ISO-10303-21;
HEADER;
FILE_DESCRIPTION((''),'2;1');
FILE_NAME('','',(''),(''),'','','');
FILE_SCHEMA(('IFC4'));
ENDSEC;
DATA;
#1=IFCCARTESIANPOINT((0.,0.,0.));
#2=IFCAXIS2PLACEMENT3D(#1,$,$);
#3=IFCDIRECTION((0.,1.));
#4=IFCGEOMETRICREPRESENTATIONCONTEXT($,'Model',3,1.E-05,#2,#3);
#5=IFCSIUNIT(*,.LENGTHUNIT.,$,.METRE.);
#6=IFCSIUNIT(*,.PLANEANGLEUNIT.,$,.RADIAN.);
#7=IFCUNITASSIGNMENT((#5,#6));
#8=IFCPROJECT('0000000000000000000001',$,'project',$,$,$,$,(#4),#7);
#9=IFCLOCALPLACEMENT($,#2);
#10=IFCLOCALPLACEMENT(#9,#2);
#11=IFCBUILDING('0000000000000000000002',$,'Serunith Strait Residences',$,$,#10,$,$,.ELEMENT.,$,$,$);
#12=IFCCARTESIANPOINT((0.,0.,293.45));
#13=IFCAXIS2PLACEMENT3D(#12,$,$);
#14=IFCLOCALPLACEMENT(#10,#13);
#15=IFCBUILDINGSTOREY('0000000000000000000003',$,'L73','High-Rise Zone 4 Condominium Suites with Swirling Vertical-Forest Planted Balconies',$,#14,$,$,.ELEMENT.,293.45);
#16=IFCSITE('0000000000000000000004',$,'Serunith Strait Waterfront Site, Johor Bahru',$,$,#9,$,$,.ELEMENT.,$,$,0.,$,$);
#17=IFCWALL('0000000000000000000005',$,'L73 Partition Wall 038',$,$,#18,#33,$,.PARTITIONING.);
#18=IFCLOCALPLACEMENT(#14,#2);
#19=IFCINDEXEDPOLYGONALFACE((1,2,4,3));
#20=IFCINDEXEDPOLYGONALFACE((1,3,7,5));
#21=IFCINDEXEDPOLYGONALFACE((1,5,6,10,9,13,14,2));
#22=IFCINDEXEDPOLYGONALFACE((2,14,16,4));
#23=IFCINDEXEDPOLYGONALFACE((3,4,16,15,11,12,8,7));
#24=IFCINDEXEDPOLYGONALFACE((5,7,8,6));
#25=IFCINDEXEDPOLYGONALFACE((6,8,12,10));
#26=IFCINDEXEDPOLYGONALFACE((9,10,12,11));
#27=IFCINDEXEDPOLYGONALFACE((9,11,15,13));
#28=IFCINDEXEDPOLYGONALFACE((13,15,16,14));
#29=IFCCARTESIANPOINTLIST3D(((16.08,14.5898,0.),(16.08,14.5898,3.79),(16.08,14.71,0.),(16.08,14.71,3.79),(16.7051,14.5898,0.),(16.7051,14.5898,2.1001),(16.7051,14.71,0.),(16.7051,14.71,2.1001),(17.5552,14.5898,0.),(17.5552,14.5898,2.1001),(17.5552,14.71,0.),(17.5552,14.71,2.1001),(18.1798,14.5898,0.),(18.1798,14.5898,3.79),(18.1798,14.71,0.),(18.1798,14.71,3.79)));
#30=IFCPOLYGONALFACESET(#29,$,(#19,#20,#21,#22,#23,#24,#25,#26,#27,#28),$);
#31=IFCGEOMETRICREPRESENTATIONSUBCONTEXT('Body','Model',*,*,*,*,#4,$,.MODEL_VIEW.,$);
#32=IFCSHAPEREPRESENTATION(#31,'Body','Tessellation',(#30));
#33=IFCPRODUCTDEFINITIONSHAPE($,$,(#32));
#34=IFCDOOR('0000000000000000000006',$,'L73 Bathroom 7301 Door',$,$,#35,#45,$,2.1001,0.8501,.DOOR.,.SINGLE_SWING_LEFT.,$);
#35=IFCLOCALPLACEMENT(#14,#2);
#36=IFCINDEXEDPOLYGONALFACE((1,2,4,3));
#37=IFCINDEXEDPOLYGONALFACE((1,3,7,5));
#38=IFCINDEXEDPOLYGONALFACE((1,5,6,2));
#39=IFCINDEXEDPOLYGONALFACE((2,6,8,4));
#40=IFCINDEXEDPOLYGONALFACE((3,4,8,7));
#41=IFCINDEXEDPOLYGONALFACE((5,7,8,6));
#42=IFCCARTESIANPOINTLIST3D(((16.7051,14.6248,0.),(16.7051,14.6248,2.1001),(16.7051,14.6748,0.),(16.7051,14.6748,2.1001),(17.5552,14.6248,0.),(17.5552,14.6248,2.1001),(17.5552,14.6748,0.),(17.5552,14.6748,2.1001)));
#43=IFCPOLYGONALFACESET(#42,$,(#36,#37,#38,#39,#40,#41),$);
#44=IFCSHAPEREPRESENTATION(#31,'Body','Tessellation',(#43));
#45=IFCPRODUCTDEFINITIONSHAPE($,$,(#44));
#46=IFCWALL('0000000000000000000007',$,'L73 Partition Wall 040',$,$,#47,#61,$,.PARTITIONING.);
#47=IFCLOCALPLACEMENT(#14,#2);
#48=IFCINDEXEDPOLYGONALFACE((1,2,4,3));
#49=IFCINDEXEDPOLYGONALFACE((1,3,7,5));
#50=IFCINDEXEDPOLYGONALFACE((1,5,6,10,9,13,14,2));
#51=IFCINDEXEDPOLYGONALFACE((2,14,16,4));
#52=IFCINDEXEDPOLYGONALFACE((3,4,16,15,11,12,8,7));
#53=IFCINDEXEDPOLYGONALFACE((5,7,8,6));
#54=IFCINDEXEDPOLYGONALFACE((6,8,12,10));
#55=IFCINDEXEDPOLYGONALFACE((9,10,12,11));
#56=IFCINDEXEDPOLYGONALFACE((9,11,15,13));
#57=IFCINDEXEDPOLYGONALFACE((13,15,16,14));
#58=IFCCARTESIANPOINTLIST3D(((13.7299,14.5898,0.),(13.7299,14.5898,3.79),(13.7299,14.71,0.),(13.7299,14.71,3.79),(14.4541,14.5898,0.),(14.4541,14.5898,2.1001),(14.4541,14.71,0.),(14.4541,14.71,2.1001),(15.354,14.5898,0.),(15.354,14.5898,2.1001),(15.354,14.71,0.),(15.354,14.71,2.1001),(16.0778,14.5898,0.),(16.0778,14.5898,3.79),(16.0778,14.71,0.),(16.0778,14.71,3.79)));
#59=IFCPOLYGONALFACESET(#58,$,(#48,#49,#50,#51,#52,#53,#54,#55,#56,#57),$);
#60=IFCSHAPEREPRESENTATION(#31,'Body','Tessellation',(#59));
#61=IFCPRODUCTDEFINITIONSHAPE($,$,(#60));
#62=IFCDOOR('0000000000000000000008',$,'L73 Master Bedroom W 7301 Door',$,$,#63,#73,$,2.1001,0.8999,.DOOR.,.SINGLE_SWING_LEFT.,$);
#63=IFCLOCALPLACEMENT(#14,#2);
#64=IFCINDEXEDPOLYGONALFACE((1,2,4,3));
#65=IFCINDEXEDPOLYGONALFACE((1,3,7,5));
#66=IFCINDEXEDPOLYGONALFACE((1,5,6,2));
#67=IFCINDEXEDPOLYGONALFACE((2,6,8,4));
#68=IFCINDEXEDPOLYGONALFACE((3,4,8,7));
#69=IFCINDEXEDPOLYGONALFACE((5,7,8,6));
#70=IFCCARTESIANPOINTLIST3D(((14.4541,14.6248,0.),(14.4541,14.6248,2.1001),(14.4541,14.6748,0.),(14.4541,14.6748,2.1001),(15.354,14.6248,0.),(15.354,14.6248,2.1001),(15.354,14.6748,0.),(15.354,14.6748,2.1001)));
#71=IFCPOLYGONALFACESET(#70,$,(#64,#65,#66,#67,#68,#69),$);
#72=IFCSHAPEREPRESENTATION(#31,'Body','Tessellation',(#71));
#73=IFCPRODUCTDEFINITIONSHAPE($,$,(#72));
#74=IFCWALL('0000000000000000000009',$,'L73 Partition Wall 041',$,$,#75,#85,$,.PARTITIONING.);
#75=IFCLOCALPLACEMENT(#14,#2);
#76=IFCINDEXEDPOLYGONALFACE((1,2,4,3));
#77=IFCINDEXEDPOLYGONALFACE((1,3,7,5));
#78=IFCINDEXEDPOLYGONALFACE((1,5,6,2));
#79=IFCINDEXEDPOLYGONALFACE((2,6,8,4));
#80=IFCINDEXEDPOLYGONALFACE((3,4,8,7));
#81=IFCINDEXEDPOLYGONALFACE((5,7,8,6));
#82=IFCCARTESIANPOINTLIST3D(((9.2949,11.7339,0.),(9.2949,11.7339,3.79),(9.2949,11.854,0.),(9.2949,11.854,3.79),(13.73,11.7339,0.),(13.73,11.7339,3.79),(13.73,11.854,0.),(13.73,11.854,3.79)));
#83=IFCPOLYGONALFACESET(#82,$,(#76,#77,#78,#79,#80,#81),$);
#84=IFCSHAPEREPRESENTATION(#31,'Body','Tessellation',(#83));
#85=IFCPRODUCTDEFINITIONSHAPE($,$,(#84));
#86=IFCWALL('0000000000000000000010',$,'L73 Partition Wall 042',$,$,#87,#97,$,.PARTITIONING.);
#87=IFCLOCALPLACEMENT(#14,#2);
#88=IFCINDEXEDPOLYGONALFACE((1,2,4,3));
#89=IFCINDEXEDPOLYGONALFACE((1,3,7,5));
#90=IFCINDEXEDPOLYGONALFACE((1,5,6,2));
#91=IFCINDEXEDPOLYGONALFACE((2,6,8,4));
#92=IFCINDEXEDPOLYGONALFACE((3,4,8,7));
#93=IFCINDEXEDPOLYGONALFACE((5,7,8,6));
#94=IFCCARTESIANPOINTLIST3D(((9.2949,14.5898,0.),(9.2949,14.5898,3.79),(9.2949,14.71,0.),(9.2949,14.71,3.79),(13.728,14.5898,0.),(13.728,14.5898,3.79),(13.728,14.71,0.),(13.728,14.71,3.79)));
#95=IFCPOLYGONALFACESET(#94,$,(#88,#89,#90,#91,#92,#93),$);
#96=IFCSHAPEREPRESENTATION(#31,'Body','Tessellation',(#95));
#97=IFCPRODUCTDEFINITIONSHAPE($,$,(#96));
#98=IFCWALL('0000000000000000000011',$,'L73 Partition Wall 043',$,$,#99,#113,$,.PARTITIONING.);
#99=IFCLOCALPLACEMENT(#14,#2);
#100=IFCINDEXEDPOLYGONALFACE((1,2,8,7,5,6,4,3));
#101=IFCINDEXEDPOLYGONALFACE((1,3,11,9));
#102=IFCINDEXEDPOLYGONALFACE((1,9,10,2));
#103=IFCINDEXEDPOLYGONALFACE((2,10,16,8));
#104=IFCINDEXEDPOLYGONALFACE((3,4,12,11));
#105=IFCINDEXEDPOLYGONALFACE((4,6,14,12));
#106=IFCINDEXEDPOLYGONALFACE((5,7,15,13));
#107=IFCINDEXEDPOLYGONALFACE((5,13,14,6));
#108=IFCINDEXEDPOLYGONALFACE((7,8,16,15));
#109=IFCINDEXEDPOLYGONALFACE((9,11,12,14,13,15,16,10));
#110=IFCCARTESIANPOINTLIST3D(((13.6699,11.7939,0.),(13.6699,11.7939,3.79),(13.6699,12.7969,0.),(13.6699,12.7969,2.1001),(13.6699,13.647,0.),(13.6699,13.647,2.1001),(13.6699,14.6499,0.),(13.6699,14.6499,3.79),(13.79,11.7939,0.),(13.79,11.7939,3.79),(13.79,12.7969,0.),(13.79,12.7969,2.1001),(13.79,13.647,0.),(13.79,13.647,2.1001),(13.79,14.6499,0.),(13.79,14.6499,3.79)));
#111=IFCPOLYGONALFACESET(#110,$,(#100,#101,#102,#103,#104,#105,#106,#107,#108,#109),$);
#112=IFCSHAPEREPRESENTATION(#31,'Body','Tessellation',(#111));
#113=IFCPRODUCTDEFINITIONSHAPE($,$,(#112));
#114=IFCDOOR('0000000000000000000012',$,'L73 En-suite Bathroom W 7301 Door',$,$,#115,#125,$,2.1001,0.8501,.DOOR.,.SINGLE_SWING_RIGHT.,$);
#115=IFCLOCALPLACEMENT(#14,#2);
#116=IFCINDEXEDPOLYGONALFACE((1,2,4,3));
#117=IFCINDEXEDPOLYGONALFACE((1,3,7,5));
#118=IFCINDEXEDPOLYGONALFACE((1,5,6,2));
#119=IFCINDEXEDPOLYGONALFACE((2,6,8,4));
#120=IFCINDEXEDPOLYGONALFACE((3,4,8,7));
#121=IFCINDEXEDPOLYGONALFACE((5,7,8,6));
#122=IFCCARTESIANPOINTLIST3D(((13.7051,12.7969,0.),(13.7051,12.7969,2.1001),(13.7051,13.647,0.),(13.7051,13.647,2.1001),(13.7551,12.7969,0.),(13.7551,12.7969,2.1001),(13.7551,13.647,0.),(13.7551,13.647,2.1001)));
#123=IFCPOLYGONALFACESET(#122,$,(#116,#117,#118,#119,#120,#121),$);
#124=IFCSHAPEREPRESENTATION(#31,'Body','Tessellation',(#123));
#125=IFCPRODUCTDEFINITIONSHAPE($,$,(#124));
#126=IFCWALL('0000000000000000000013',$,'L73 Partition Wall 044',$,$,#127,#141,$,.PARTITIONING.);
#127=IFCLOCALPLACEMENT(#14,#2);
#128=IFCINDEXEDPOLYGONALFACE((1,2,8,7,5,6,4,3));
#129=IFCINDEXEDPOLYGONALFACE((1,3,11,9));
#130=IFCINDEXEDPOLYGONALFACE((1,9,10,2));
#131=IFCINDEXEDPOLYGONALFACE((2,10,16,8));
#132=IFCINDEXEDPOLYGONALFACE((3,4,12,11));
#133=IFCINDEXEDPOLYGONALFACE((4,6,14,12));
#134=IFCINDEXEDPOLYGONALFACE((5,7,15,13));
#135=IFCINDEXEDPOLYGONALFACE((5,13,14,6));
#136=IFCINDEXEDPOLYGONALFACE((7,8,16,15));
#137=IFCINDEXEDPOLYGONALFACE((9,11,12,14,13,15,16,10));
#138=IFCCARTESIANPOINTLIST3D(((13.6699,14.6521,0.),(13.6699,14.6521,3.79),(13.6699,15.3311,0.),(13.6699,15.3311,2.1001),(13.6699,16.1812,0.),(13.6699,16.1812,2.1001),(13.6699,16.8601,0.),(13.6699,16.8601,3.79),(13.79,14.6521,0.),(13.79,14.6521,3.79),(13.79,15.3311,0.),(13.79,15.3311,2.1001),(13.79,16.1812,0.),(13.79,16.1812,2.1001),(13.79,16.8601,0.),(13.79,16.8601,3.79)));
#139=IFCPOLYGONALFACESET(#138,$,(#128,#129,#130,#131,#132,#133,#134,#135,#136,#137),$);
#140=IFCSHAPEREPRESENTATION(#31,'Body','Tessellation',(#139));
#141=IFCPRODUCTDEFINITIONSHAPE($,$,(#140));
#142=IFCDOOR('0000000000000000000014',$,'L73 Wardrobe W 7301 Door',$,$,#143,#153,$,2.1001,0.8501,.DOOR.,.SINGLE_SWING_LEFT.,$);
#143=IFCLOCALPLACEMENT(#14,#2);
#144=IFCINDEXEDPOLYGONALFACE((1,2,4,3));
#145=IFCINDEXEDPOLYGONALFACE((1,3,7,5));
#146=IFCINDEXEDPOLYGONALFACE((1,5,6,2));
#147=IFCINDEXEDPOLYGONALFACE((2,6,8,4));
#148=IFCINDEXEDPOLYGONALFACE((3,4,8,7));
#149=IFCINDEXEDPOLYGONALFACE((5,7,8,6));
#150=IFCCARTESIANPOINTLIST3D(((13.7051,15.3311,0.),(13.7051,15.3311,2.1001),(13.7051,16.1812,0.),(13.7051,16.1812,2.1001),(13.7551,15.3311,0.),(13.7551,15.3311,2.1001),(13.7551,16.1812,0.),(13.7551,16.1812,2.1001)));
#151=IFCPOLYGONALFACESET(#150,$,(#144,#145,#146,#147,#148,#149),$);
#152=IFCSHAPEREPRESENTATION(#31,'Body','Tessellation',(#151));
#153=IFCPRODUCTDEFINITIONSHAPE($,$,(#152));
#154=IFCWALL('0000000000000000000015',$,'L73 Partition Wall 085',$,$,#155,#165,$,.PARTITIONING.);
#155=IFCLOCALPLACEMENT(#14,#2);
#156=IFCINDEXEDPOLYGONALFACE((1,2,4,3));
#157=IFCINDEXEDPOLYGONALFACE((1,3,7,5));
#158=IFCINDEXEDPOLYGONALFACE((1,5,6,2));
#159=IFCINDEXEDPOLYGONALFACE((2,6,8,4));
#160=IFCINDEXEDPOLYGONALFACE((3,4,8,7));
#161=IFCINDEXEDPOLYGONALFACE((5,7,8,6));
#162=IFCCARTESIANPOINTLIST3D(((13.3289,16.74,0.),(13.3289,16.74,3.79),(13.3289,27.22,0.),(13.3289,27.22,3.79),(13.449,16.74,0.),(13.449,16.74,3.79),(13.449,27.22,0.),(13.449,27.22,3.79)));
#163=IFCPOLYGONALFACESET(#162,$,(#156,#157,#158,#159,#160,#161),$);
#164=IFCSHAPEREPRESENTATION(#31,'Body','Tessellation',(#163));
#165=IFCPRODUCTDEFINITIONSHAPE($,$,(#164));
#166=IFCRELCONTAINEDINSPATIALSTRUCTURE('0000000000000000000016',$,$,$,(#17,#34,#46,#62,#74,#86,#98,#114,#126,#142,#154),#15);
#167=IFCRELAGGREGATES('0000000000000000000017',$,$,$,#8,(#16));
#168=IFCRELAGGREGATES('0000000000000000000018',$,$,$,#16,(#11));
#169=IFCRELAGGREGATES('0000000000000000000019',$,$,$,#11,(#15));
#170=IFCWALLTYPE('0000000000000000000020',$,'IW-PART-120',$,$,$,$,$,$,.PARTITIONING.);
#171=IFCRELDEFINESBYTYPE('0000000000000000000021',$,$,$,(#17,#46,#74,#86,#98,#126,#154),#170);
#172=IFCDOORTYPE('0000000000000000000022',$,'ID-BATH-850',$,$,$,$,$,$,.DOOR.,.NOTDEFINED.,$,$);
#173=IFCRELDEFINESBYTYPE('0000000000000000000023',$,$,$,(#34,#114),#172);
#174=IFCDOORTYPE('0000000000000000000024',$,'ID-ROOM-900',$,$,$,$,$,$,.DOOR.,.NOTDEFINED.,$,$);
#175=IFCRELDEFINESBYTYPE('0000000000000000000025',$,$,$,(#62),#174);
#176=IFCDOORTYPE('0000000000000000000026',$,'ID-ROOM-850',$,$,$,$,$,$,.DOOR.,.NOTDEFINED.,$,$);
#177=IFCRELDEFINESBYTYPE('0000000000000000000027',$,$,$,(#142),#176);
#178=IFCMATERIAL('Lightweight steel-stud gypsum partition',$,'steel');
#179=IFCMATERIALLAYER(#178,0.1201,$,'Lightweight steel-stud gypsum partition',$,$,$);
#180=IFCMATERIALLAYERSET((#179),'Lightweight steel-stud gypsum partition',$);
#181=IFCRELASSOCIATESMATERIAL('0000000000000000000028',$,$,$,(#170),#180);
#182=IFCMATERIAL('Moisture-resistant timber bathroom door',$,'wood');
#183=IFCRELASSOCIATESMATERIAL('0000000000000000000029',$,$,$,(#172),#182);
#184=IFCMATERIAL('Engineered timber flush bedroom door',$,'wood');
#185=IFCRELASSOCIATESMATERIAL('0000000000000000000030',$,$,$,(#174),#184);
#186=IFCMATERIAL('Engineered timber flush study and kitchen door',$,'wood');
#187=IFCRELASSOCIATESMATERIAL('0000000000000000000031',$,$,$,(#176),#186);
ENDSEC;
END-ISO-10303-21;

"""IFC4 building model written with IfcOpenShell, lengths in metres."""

from ifc_helpers import new_model, si_unit, direction, frame, frame_2d, origin, place, context, subcontext, project, spatial, rectangle, extrude, source, transform, mapped, material, layer, layer_set, type_object, element, fill, save


model = new_model("IFC4")

# Units and contexts
model_context = context("Model", 3, precision=1e-05, world=origin(), true_north=direction((0.0, 1.0)))
body_context = subcontext(model_context, "Body", "Model", "MODEL_VIEW")
ifc_project = project(units=[si_unit("LENGTHUNIT", "METRE"), si_unit("PLANEANGLEUNIT", "RADIAN")], contexts=[model_context])

# Site, building, storey
site_placement = place(None, origin())
site = spatial("IfcSite", under=ifc_project, at=site_placement, Name="Serunith Strait Waterfront Site, Johor Bahru", CompositionType="ELEMENT", RefElevation=0.0)
building_placement = place(site_placement, origin())
building = spatial("IfcBuilding", under=site, at=building_placement, Name="Serunith Strait Residences", CompositionType="ELEMENT")
storey_placement = place(building_placement, frame((0.0, 0.0, 293.45)))
storey = spatial("IfcBuildingStorey", under=building, at=storey_placement, Name="L73", Description="High-Rise Zone 4 Condominium Suites with Swirling Vertical-Forest Planted Balconies", CompositionType="ELEMENT", Elevation=293.45)

# Walls, openings, doors
ifc_material_1 = material(Name="Lightweight steel-stud gypsum partition", Category="steel")
ifc_layer_1 = layer(ifc_material_1, 0.1201, Name="Lightweight steel-stud gypsum partition")
ifc_layer_set_1 = layer_set([ifc_layer_1], Name="Lightweight steel-stud gypsum partition")
wall_type_1 = type_object("IfcWallType", Name="IW-PART-120", PredefinedType="PARTITIONING", material=ifc_layer_set_1)
wall_1_placement = place(storey_placement, frame((16.0801, 14.6499, 0.0), z_axis=(0.0, 0.0, 1.0), x_axis=(1.0, 0.0, 0.0)))
wall_1 = element("IfcWall", 1, at=wall_1_placement, inside=storey, type_object=wall_type_1, Name="L73 Partition Wall 038", PredefinedType="PARTITIONING", context=body_context, shape_type="SweptSolid", body=[
    extrude(rectangle(XDim=2.0999, YDim=0.1201, at=frame_2d((1.0498, 0.0))), origin(), (0.0, 0.0, 1.0), 3.79),
])
opening_1_placement = place(wall_1_placement, frame((0.625, 0.0, 0.0)))
opening_1 = element("IfcOpeningElement", 2, at=opening_1_placement, cuts=wall_1, PredefinedType="OPENING", context=body_context, shape_type="SweptSolid", body=[
    extrude(rectangle(XDim=0.8501, YDim=2.1001, at=frame_2d((0.425, 1.05))), frame((0.0, 0.0701, 0.0), z_axis=(0.0, -1.0, 0.0), x_axis=(1.0, 0.0, 0.0)), (0.0, 0.0, 1.0), 0.1401),
])
ifc_material_2 = material(Name="Moisture-resistant timber bathroom door", Category="wood")
door_type_1 = type_object("IfcDoorType", Name="ID-BATH-850", OperationType="NOTDEFINED", PredefinedType="DOOR", material=ifc_material_2)
shared_shape_1 = source(origin(), body_context, "Body", "SweptSolid", [
    extrude(rectangle(XDim=0.8501, YDim=2.1001, at=frame_2d((0.425, 1.05))), frame((0.0, 0.0249, 0.0), z_axis=(0.0, -1.0, 0.0), x_axis=(1.0, 0.0, 0.0)), (0.0, 0.0, 1.0), 0.05),
])
door_1_placement = place(opening_1_placement, origin())
door_1 = element("IfcDoor", 3, at=door_1_placement, inside=storey, type_object=door_type_1, Name="L73 Bathroom 7301 Door", OperationType="SINGLE_SWING_LEFT", OverallHeight=2.1001, OverallWidth=0.8501, PredefinedType="DOOR", context=body_context, shape_type="MappedRepresentation", body=[
    mapped(shared_shape_1, transform((0.0, 0.0, 0.0), scale=1.0)),
])
fill(opening_1, door_1)
wall_2_placement = place(storey_placement, frame((13.73, 14.6499, 0.0), z_axis=(0.0, 0.0, 1.0), x_axis=(1.0, 0.0, 0.0)))
wall_2 = element("IfcWall", 4, at=wall_2_placement, inside=storey, type_object=wall_type_1, Name="L73 Partition Wall 040", PredefinedType="PARTITIONING", context=body_context, shape_type="SweptSolid", body=[
    extrude(rectangle(XDim=2.3479, YDim=0.1201, at=frame_2d((1.1738, 0.0))), origin(), (0.0, 0.0, 1.0), 3.79),
])
opening_2_placement = place(wall_2_placement, frame((0.7241, 0.0, 0.0)))
opening_2 = element("IfcOpeningElement", 5, at=opening_2_placement, cuts=wall_2, PredefinedType="OPENING", context=body_context, shape_type="SweptSolid", body=[
    extrude(rectangle(XDim=0.8999, YDim=2.1001, at=frame_2d((0.45, 1.05))), frame((0.0, 0.0701, 0.0), z_axis=(0.0, -1.0, 0.0), x_axis=(1.0, 0.0, 0.0)), (0.0, 0.0, 1.0), 0.1401),
])
ifc_material_3 = material(Name="Engineered timber flush bedroom door", Category="wood")
door_type_2 = type_object("IfcDoorType", Name="ID-ROOM-900", OperationType="NOTDEFINED", PredefinedType="DOOR", material=ifc_material_3)
shared_shape_2 = source(origin(), body_context, "Body", "SweptSolid", [
    extrude(rectangle(XDim=0.8999, YDim=2.1001, at=frame_2d((0.45, 1.05))), frame((0.0, 0.0249, 0.0), z_axis=(0.0, -1.0, 0.0), x_axis=(1.0, 0.0, 0.0)), (0.0, 0.0, 1.0), 0.05),
])
door_2_placement = place(opening_2_placement, origin())
door_2 = element("IfcDoor", 6, at=door_2_placement, inside=storey, type_object=door_type_2, Name="L73 Master Bedroom W 7301 Door", OperationType="SINGLE_SWING_LEFT", OverallHeight=2.1001, OverallWidth=0.8999, PredefinedType="DOOR", context=body_context, shape_type="MappedRepresentation", body=[
    mapped(shared_shape_2, transform((0.0, 0.0, 0.0), scale=1.0)),
])
fill(opening_2, door_2)

# Walls
wall_3_placement = place(storey_placement, frame((9.2949, 11.7939, 0.0), z_axis=(0.0, 0.0, 1.0), x_axis=(1.0, 0.0, 0.0)))
element("IfcWall", 7, at=wall_3_placement, inside=storey, type_object=wall_type_1, Name="L73 Partition Wall 041", PredefinedType="PARTITIONING", context=body_context, shape_type="SweptSolid", body=[
    extrude(rectangle(XDim=4.4351, YDim=0.1201, at=frame_2d((2.2175, 0.0))), origin(), (0.0, 0.0, 1.0), 3.79),
])
wall_4_placement = place(storey_placement, frame((9.2949, 14.6499, 0.0), z_axis=(0.0, 0.0, 1.0), x_axis=(1.0, 0.0, 0.0)))
element("IfcWall", 8, at=wall_4_placement, inside=storey, type_object=wall_type_1, Name="L73 Partition Wall 042", PredefinedType="PARTITIONING", context=body_context, shape_type="SweptSolid", body=[
    extrude(rectangle(XDim=4.4331, YDim=0.1201, at=frame_2d((2.2166, 0.0))), origin(), (0.0, 0.0, 1.0), 3.79),
])

# Walls, openings, doors
wall_5_placement = place(storey_placement, frame((13.73, 11.7939, 0.0), z_axis=(0.0, 0.0, 1.0), x_axis=(0.0, 1.0, 0.0)))
wall_5 = element("IfcWall", 9, at=wall_5_placement, inside=storey, type_object=wall_type_1, Name="L73 Partition Wall 043", PredefinedType="PARTITIONING", context=body_context, shape_type="SweptSolid", body=[
    extrude(rectangle(XDim=2.856, YDim=0.1201, at=frame_2d((1.428, 0.0))), origin(), (0.0, 0.0, 1.0), 3.79),
])
opening_3_placement = place(wall_5_placement, frame((1.0029, 0.0, 0.0)))
opening_3 = element("IfcOpeningElement", 10, at=opening_3_placement, cuts=wall_5, PredefinedType="OPENING", context=body_context, shape_type="SweptSolid", body=[
    extrude(rectangle(XDim=0.8501, YDim=2.1001, at=frame_2d((0.425, 1.05))), frame((0.0, 0.0701, 0.0), z_axis=(0.0, -1.0, 0.0), x_axis=(1.0, 0.0, 0.0)), (0.0, 0.0, 1.0), 0.1401),
])
door_3_placement = place(opening_3_placement, origin())
door_3 = element("IfcDoor", 11, at=door_3_placement, inside=storey, type_object=door_type_1, Name="L73 En-suite Bathroom W 7301 Door", OperationType="SINGLE_SWING_RIGHT", OverallHeight=2.1001, OverallWidth=0.8501, PredefinedType="DOOR", context=body_context, shape_type="MappedRepresentation", body=[
    mapped(shared_shape_1, transform((0.0, 0.0, 0.0), scale=1.0)),
])
fill(opening_3, door_3)
wall_6_placement = place(storey_placement, frame((13.73, 14.6521, 0.0), z_axis=(0.0, 0.0, 1.0), x_axis=(0.0, 1.0, 0.0)))
wall_6 = element("IfcWall", 12, at=wall_6_placement, inside=storey, type_object=wall_type_1, Name="L73 Partition Wall 044", PredefinedType="PARTITIONING", context=body_context, shape_type="SweptSolid", body=[
    extrude(rectangle(XDim=2.208, YDim=0.1201, at=frame_2d((1.104, 0.0))), origin(), (0.0, 0.0, 1.0), 3.79),
])
opening_4_placement = place(wall_6_placement, frame((0.679, 0.0, 0.0)))
opening_4 = element("IfcOpeningElement", 13, at=opening_4_placement, cuts=wall_6, PredefinedType="OPENING", context=body_context, shape_type="SweptSolid", body=[
    extrude(rectangle(XDim=0.8501, YDim=2.1001, at=frame_2d((0.425, 1.05))), frame((0.0, 0.0701, 0.0), z_axis=(0.0, -1.0, 0.0), x_axis=(1.0, 0.0, 0.0)), (0.0, 0.0, 1.0), 0.1401),
])
ifc_material_4 = material(Name="Engineered timber flush study and kitchen door", Category="wood")
door_type_3 = type_object("IfcDoorType", Name="ID-ROOM-850", OperationType="NOTDEFINED", PredefinedType="DOOR", material=ifc_material_4)
door_4_placement = place(opening_4_placement, origin())
door_4 = element("IfcDoor", 14, at=door_4_placement, inside=storey, type_object=door_type_3, Name="L73 Wardrobe W 7301 Door", OperationType="SINGLE_SWING_LEFT", OverallHeight=2.1001, OverallWidth=0.8501, PredefinedType="DOOR", context=body_context, shape_type="MappedRepresentation", body=[
    mapped(shared_shape_1, transform((0.0, 0.0, 0.0), scale=1.0)),
])
fill(opening_4, door_4)

# Wall
wall_7_placement = place(storey_placement, frame((13.3889, 16.74, 0.0), z_axis=(0.0, 0.0, 1.0), x_axis=(0.0, 1.0, 0.0)))
element("IfcWall", 15, at=wall_7_placement, inside=storey, type_object=wall_type_1, Name="L73 Partition Wall 085", PredefinedType="PARTITIONING", context=body_context, shape_type="SweptSolid", body=[
    extrude(rectangle(XDim=10.48, YDim=0.1201, at=frame_2d((5.24, 0.0))), origin(), (0.0, 0.0, 1.0), 3.79),
])

save(model, "model.ifc")
